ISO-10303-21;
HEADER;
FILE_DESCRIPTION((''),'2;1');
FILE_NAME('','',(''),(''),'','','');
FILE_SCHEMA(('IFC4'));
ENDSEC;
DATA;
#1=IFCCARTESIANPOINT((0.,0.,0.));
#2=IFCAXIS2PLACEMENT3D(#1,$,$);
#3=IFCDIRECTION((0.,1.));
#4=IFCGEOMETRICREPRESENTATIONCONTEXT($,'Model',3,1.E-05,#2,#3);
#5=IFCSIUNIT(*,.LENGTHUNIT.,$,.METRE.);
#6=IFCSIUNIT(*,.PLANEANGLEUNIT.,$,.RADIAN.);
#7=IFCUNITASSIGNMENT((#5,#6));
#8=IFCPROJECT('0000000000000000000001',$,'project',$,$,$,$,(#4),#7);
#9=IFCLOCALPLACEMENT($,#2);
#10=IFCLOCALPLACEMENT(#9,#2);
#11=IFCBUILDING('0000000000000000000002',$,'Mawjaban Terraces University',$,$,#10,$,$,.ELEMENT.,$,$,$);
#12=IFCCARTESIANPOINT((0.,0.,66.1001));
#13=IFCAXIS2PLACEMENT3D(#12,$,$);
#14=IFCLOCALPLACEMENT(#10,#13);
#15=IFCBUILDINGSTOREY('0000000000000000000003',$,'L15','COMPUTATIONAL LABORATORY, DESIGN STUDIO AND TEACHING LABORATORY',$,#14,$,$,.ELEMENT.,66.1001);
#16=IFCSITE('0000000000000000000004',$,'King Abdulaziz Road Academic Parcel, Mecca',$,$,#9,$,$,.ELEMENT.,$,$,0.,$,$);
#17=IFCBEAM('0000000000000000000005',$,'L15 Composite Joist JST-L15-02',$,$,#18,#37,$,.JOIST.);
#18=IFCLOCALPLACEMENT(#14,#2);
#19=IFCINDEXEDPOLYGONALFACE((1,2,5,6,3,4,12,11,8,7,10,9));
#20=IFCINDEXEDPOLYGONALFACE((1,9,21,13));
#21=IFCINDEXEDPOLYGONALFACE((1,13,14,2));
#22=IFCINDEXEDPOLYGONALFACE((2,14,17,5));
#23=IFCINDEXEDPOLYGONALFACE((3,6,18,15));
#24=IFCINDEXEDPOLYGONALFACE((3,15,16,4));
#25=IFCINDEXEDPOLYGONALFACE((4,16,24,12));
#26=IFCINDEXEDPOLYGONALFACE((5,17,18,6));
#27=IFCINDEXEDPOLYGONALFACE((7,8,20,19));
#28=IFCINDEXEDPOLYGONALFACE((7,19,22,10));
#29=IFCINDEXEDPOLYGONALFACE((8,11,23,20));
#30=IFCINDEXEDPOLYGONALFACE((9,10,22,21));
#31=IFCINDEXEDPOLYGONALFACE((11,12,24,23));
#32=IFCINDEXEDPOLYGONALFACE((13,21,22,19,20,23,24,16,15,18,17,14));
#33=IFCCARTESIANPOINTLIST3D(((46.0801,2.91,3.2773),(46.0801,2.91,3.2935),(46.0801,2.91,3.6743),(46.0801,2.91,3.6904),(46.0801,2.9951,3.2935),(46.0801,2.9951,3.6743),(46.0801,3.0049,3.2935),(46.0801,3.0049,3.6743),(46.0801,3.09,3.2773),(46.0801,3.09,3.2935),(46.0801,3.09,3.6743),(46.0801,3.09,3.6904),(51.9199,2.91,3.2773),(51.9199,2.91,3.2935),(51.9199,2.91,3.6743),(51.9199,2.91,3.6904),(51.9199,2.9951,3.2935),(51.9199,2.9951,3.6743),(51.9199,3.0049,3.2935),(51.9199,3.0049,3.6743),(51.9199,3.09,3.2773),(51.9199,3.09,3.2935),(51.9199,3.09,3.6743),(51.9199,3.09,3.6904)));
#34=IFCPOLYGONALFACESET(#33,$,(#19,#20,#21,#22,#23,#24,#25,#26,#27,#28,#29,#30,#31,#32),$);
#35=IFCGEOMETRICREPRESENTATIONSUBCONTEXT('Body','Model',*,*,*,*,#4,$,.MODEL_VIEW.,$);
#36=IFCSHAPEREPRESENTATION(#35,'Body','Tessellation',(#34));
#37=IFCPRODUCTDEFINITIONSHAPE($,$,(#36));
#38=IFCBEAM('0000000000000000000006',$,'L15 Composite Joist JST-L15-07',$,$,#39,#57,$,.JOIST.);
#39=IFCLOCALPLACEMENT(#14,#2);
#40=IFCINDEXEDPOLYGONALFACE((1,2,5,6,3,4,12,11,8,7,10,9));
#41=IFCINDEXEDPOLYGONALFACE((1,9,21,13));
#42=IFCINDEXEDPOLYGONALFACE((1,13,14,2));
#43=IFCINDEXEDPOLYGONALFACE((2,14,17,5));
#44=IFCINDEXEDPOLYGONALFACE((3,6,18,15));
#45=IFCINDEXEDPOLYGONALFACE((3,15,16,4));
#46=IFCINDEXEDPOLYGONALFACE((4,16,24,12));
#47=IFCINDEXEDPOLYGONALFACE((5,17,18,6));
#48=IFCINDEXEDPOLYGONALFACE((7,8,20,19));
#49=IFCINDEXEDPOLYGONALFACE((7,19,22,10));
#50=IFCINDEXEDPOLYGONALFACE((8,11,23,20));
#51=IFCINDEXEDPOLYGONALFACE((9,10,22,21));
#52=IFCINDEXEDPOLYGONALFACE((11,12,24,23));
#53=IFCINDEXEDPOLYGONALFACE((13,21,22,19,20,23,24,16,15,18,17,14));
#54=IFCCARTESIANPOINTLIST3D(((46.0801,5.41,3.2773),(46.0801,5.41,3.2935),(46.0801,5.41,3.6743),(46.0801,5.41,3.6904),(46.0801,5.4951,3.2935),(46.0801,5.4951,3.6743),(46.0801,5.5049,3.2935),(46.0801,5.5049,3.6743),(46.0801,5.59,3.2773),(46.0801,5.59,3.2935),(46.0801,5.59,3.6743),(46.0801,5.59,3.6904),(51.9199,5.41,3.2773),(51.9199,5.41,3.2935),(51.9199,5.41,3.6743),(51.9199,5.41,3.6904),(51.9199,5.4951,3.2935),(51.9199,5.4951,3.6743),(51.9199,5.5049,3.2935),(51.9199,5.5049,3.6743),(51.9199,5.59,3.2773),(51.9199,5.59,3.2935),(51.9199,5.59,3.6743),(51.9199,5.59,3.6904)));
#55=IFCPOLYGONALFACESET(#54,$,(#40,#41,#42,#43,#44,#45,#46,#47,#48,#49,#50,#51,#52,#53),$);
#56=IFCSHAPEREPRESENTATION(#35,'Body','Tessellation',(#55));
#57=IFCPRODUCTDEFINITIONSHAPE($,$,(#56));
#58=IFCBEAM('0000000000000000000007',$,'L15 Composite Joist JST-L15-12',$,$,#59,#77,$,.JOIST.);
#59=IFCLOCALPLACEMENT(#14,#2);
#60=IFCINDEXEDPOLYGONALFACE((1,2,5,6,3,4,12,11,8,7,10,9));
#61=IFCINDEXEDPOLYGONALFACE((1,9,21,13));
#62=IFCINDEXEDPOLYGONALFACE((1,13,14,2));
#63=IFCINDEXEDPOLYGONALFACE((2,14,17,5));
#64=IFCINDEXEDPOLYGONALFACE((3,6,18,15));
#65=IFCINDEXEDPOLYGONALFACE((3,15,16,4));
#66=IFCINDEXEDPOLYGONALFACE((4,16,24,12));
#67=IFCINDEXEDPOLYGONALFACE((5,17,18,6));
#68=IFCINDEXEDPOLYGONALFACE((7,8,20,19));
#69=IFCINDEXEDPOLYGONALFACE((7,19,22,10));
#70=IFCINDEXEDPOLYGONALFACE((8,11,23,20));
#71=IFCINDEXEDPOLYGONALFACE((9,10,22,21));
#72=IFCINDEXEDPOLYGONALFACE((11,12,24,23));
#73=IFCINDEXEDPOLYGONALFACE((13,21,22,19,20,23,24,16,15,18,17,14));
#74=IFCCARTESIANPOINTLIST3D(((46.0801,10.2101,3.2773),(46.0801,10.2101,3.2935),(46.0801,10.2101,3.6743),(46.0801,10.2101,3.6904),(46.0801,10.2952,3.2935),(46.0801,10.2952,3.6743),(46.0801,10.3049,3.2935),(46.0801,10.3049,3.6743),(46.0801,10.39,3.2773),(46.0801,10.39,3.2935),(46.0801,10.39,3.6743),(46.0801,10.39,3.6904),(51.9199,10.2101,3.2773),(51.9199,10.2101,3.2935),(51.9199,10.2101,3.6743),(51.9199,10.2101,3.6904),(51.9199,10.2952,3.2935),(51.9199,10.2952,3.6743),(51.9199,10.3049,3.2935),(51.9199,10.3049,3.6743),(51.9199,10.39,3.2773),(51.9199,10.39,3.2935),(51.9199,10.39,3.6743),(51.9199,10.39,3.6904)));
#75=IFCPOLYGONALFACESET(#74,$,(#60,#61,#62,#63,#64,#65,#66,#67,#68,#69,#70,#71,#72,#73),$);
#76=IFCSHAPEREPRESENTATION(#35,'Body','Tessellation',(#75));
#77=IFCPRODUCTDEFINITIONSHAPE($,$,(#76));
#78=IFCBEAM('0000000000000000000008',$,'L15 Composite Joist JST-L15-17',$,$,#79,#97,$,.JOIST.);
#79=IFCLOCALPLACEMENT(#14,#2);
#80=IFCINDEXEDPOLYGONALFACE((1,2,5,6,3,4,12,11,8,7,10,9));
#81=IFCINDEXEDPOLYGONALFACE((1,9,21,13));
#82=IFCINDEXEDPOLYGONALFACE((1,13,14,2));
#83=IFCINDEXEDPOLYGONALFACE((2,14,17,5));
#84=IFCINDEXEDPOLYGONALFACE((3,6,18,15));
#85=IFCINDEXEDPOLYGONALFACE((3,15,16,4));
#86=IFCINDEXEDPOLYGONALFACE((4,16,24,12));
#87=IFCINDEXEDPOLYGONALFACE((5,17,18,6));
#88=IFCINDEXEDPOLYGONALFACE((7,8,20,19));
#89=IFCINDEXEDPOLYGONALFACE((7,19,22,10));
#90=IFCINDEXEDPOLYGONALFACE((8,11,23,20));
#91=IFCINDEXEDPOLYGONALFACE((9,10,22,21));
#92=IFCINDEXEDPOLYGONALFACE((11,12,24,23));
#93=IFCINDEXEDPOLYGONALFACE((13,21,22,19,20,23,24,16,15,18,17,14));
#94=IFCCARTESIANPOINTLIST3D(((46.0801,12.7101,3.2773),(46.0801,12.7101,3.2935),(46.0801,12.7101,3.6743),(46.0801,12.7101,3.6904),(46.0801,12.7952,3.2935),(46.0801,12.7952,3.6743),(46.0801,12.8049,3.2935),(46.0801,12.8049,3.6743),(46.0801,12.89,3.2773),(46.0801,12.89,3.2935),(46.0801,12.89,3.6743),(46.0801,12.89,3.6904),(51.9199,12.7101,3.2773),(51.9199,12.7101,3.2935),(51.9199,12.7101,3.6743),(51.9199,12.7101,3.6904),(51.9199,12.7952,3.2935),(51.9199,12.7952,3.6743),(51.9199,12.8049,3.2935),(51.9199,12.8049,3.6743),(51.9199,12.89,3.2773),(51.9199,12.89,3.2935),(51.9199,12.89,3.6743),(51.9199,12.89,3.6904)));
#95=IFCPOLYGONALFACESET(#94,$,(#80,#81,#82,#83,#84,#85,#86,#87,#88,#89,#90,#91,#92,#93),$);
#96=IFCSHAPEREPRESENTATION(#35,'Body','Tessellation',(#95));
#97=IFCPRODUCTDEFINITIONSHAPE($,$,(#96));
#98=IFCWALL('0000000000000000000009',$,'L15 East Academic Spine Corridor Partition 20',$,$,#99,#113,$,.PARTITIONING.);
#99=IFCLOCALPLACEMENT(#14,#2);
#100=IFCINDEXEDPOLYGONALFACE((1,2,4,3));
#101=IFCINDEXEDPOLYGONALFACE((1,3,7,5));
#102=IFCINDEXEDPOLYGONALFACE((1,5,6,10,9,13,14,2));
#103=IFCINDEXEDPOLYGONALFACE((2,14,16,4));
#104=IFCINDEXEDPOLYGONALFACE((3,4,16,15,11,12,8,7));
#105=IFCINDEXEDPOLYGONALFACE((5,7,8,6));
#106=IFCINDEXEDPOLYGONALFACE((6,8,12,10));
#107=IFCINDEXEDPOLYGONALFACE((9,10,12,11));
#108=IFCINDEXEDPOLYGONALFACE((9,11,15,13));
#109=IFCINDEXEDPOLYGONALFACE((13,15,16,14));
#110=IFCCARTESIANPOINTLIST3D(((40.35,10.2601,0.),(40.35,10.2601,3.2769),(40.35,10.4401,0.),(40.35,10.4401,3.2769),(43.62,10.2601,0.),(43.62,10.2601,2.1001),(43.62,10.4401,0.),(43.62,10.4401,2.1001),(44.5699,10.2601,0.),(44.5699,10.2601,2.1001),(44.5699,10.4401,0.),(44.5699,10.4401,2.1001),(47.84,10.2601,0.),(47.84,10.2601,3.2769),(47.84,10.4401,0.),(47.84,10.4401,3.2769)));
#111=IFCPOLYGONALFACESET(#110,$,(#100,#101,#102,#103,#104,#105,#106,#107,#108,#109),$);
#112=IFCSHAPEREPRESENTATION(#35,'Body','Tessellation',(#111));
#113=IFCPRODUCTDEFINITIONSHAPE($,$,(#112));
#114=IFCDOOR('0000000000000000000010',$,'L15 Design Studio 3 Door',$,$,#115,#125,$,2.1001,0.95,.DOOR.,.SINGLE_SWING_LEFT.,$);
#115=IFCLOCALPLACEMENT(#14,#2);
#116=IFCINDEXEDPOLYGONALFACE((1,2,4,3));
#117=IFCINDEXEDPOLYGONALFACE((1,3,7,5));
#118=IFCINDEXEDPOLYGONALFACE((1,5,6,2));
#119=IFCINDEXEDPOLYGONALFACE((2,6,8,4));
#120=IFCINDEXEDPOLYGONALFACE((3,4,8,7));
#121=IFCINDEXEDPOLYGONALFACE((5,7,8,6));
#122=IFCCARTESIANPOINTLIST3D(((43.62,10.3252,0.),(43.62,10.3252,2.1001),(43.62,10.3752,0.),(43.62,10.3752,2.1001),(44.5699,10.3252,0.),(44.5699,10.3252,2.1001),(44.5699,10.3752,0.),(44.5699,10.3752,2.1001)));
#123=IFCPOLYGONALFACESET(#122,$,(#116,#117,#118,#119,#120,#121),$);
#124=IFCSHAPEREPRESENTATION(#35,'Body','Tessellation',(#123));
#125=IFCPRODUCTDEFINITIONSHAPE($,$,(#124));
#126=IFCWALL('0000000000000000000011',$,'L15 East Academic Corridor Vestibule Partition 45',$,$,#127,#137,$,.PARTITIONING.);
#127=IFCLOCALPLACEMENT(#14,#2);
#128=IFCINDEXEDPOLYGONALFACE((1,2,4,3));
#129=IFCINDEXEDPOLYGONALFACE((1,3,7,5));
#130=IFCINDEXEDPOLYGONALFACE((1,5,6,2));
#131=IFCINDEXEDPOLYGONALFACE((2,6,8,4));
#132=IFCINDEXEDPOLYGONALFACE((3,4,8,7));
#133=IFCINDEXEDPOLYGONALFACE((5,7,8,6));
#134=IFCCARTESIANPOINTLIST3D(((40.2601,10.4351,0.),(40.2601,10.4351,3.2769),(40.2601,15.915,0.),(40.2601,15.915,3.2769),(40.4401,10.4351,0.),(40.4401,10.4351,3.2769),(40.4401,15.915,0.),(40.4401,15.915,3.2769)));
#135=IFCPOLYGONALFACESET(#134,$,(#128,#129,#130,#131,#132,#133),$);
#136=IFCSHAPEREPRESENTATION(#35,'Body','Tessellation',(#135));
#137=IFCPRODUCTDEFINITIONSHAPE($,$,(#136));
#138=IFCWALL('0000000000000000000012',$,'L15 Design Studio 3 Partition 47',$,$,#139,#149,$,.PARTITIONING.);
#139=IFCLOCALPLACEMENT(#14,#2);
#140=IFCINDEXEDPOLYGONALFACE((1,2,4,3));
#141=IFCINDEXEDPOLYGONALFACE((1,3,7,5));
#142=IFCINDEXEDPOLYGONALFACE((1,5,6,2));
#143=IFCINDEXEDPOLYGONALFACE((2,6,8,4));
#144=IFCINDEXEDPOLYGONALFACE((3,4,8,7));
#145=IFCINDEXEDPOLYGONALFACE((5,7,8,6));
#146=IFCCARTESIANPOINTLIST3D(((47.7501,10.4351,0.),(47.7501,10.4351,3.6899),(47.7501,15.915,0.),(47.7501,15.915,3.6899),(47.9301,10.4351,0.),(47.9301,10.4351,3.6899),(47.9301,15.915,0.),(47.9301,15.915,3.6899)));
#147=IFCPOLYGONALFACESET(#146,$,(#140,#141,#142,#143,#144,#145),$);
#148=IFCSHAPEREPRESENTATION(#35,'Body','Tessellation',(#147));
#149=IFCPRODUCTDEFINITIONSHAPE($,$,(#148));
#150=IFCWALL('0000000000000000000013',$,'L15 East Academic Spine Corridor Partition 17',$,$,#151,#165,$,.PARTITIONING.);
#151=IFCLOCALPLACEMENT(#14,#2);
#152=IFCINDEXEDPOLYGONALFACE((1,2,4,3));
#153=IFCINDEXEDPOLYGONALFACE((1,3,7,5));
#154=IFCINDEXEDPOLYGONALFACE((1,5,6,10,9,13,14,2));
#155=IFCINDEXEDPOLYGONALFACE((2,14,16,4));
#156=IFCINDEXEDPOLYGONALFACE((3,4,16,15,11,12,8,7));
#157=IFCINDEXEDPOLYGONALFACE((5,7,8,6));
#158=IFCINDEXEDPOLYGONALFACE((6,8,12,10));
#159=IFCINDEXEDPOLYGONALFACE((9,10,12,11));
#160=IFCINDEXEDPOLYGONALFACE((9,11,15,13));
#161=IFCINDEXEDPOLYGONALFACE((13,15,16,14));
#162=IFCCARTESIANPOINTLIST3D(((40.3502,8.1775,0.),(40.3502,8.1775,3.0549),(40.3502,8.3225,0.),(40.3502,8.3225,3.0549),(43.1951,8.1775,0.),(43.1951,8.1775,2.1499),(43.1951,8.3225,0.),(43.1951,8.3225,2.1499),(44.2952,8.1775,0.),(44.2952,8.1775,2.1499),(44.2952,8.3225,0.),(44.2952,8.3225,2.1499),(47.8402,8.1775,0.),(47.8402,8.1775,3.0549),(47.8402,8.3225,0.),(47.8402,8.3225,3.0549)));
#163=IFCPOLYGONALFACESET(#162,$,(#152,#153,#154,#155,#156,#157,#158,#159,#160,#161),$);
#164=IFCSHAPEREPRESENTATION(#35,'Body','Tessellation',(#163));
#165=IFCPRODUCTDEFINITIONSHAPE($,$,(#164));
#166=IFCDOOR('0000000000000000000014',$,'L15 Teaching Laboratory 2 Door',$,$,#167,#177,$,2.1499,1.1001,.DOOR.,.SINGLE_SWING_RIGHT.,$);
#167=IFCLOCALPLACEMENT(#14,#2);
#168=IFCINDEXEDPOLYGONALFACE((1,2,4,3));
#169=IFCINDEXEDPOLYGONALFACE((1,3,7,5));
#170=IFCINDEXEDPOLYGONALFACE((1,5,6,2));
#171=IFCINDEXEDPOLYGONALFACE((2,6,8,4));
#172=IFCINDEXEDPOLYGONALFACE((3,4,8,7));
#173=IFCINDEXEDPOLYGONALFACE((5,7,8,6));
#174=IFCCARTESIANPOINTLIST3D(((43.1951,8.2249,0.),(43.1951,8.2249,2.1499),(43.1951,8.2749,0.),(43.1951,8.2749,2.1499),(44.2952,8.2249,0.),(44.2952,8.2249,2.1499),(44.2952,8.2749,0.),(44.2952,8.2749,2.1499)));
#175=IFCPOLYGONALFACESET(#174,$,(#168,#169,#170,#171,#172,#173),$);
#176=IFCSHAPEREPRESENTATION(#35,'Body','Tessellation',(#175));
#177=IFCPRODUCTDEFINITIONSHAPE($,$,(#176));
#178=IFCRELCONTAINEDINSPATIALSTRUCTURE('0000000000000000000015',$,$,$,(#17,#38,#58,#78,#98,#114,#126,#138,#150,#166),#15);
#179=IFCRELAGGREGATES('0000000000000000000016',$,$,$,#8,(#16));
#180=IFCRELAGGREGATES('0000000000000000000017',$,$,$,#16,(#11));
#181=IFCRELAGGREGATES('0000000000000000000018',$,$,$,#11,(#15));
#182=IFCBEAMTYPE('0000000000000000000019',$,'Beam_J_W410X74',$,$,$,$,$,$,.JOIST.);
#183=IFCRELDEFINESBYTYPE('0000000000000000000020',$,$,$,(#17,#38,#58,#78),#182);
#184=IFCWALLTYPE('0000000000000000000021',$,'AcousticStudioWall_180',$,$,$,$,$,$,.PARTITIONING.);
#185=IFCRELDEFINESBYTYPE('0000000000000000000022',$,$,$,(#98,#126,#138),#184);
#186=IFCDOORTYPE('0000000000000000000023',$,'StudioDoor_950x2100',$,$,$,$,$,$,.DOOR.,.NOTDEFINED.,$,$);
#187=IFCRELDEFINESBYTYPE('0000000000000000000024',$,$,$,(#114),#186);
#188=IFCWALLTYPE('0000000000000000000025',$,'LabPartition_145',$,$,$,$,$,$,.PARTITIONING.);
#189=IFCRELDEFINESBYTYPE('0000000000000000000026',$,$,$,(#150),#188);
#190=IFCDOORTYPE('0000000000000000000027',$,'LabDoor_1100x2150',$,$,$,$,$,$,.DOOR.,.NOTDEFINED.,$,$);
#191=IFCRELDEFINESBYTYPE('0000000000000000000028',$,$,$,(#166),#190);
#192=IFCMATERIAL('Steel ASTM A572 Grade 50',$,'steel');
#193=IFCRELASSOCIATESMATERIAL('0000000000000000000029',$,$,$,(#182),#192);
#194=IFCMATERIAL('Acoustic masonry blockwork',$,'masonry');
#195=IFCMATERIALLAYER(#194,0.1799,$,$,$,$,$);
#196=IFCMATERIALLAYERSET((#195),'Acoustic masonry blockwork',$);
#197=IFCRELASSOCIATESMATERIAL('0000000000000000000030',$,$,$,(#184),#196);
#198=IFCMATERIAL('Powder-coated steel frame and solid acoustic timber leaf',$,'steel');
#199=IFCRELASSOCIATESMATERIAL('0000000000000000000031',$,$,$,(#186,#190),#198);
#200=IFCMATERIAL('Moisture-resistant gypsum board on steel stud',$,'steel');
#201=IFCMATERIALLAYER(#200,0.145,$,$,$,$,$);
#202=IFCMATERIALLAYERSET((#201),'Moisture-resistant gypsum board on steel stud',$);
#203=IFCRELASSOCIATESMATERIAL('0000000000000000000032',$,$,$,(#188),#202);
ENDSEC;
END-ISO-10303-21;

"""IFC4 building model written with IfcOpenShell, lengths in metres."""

from ifc_helpers import new_model, si_unit, direction, frame, frame_2d, origin, origin_2d, place, context, subcontext, project, spatial, rectangle, i_section, extrude, material, layer, layer_set, material_profile, profile_set, type_object, element, fill, save


model = new_model("IFC4")

# Units and contexts
model_context = context("Model", 3, precision=1e-05, world=origin(), true_north=direction((0.0, 1.0)))
body_context = subcontext(model_context, "Body", "Model", "MODEL_VIEW")
ifc_project = project(units=[si_unit("LENGTHUNIT", "METRE"), si_unit("PLANEANGLEUNIT", "RADIAN")], contexts=[model_context])

# Site, building, storey
site_placement = place(None, origin())
site = spatial("IfcSite", under=ifc_project, at=site_placement, Name="King Abdulaziz Road Academic Parcel, Mecca", CompositionType="ELEMENT", RefElevation=0.0)
building_placement = place(site_placement, origin())
building = spatial("IfcBuilding", under=site, at=building_placement, Name="Mawjaban Terraces University", CompositionType="ELEMENT")
storey_placement = place(building_placement, frame((0.0, 0.0, 66.1001)))
storey = spatial("IfcBuildingStorey", under=building, at=storey_placement, Name="L15", Description="COMPUTATIONAL LABORATORY, DESIGN STUDIO AND TEACHING LABORATORY", CompositionType="ELEMENT", Elevation=66.1001)

# Beams
ifc_material_1 = material(Name="Steel ASTM A572 Grade 50", Category="steel")
ifc_material_profile_1 = material_profile(ifc_material_1, i_section(OverallWidth=0.1799, OverallDepth=0.4131, WebThickness=0.0098, FlangeThickness=0.0161, at=origin_2d()), Name="W410X74")
ifc_profile_set_1 = profile_set([ifc_material_profile_1], Name="Steel ASTM A572 Grade 50")
beam_type_1 = type_object("IfcBeamType", Name="Beam_J_W410X74", PredefinedType="JOIST", material=ifc_profile_set_1)
for number, where, z_axis, x_axis, name in (
    (1, (46.0801, 3.0, 3.4839), (1.0, 0.0, 0.0), (0.0, 1.0, 0.0), "L15 Composite Joist JST-L15-02"),
    (2, (46.0801, 5.5, 3.4839), (1.0, 0.0, 0.0), (0.0, 1.0, 0.0), "L15 Composite Joist JST-L15-07"),
    (3, (46.0801, 10.3, 3.4839), (1.0, 0.0, 0.0), (0.0, 1.0, 0.0), "L15 Composite Joist JST-L15-12"),
    (4, (46.0801, 12.8, 3.4839), (1.0, 0.0, 0.0), (0.0, 1.0, 0.0), "L15 Composite Joist JST-L15-17"),
):
    element("IfcBeam", number, at=place(storey_placement, frame(where, z_axis=z_axis, x_axis=x_axis)), inside=storey, type_object=beam_type_1, Name=name, PredefinedType="JOIST", context=body_context, shape_type="SweptSolid", body=[
        extrude(i_section(OverallWidth=0.1799, OverallDepth=0.4131, WebThickness=0.0098, FlangeThickness=0.0161, at=origin_2d()), origin(), (0.0, 0.0, 1.0), 5.8398),
    ])

# Wall, opening, door
ifc_material_2 = material(Name="Acoustic masonry blockwork", Category="masonry")
ifc_layer_1 = layer(ifc_material_2, 0.1799)
ifc_layer_set_1 = layer_set([ifc_layer_1], Name="Acoustic masonry blockwork")
wall_type_1 = type_object("IfcWallType", Name="AcousticStudioWall_180", PredefinedType="PARTITIONING", material=ifc_layer_set_1)
wall_1_placement = place(storey_placement, frame((47.8401, 10.3501, 0.0), z_axis=(0.0, 0.0, 1.0), x_axis=(-1.0, 0.0, 0.0)))
wall_1 = element("IfcWall", 5, at=wall_1_placement, inside=storey, type_object=wall_type_1, Name="L15 East Academic Spine Corridor Partition 20", PredefinedType="PARTITIONING", context=body_context, shape_type="SweptSolid", body=[
    extrude(rectangle(XDim=7.49, YDim=0.1799, at=frame_2d((3.7451, 0.0))), origin(), (0.0, 0.0, 1.0), 3.2769),
])
opening_1_placement = place(wall_1_placement, frame((3.27, 0.0, 0.0)))
opening_1 = element("IfcOpeningElement", 6, at=opening_1_placement, cuts=wall_1, PredefinedType="OPENING", context=body_context, shape_type="SweptSolid", body=[
    extrude(rectangle(XDim=0.95, YDim=2.1001, at=frame_2d((0.4751, 1.05))), frame((0.0, 0.0999, 0.0), z_axis=(0.0, -1.0, 0.0), x_axis=(1.0, 0.0, 0.0)), (0.0, 0.0, 1.0), 0.2),
])
ifc_material_3 = material(Name="Powder-coated steel frame and solid acoustic timber leaf", Category="steel")
door_type_1 = type_object("IfcDoorType", Name="StudioDoor_950x2100", OperationType="NOTDEFINED", PredefinedType="DOOR", material=ifc_material_3)
door_1_placement = place(opening_1_placement, origin())
door_1 = element("IfcDoor", 7, at=door_1_placement, inside=storey, type_object=door_type_1, Name="L15 Design Studio 3 Door", OperationType="SINGLE_SWING_LEFT", OverallHeight=2.1001, OverallWidth=0.95, PredefinedType="DOOR", context=body_context, shape_type="SweptSolid", body=[
    extrude(rectangle(XDim=0.95, YDim=2.1001, at=frame_2d((0.4751, 1.05))), frame((0.0, 0.0249, 0.0), z_axis=(0.0, -1.0, 0.0), x_axis=(1.0, 0.0, 0.0)), (0.0, 0.0, 1.0), 0.05),
])
fill(opening_1, door_1)

# Walls
wall_2_placement = place(storey_placement, frame((40.3501, 10.4351, 0.0), z_axis=(0.0, 0.0, 1.0), x_axis=(0.0, 1.0, 0.0)))
element("IfcWall", 8, at=wall_2_placement, inside=storey, type_object=wall_type_1, Name="L15 East Academic Corridor Vestibule Partition 45", PredefinedType="PARTITIONING", context=body_context, shape_type="SweptSolid", body=[
    extrude(rectangle(XDim=5.48, YDim=0.1799, at=frame_2d((2.74, 0.0))), origin(), (0.0, 0.0, 1.0), 3.2769),
])
wall_3_placement = place(storey_placement, frame((47.8401, 10.4351, 0.0), z_axis=(0.0, 0.0, 1.0), x_axis=(0.0, 1.0, 0.0)))
element("IfcWall", 9, at=wall_3_placement, inside=storey, type_object=wall_type_1, Name="L15 Design Studio 3 Partition 47", PredefinedType="PARTITIONING", context=body_context, shape_type="SweptSolid", body=[
    extrude(rectangle(XDim=5.48, YDim=0.1799, at=frame_2d((2.74, 0.0))), origin(), (0.0, 0.0, 1.0), 3.6899),
])

# Wall, opening, door
ifc_material_4 = material(Name="Moisture-resistant gypsum board on steel stud", Category="steel")
ifc_layer_2 = layer(ifc_material_4, 0.145)
ifc_layer_set_2 = layer_set([ifc_layer_2], Name="Moisture-resistant gypsum board on steel stud")
wall_type_2 = type_object("IfcWallType", Name="LabPartition_145", PredefinedType="PARTITIONING", material=ifc_layer_set_2)
wall_4_placement = place(storey_placement, frame((40.3501, 8.25, 0.0), z_axis=(0.0, 0.0, 1.0), x_axis=(1.0, 0.0, 0.0)))
wall_4 = element("IfcWall", 10, at=wall_4_placement, inside=storey, type_object=wall_type_2, Name="L15 East Academic Spine Corridor Partition 17", PredefinedType="PARTITIONING", context=body_context, shape_type="SweptSolid", body=[
    extrude(rectangle(XDim=7.49, YDim=0.145, at=frame_2d((3.7451, 0.0))), origin(), (0.0, 0.0, 1.0), 3.0549),
])
opening_2_placement = place(wall_4_placement, frame((2.845, 0.0, 0.0)))
opening_2 = element("IfcOpeningElement", 11, at=opening_2_placement, cuts=wall_4, PredefinedType="OPENING", context=body_context, shape_type="SweptSolid", body=[
    extrude(rectangle(XDim=1.1001, YDim=2.1499, at=frame_2d((0.55, 1.075))), frame((0.0, 0.0825, 0.0), z_axis=(0.0, -1.0, 0.0), x_axis=(1.0, 0.0, 0.0)), (0.0, 0.0, 1.0), 0.165),
])
door_type_2 = type_object("IfcDoorType", Name="LabDoor_1100x2150", OperationType="NOTDEFINED", PredefinedType="DOOR", material=ifc_material_3)
door_2_placement = place(opening_2_placement, origin())
door_2 = element("IfcDoor", 12, at=door_2_placement, inside=storey, type_object=door_type_2, Name="L15 Teaching Laboratory 2 Door", OperationType="SINGLE_SWING_RIGHT", OverallHeight=2.1499, OverallWidth=1.1001, PredefinedType="DOOR", context=body_context, shape_type="SweptSolid", body=[
    extrude(rectangle(XDim=1.1001, YDim=2.1499, at=frame_2d((0.55, 1.075))), frame((0.0, 0.0249, 0.0), z_axis=(0.0, -1.0, 0.0), x_axis=(1.0, 0.0, 0.0)), (0.0, 0.0, 1.0), 0.05),
])
fill(opening_2, door_2)

save(model, "model.ifc")
